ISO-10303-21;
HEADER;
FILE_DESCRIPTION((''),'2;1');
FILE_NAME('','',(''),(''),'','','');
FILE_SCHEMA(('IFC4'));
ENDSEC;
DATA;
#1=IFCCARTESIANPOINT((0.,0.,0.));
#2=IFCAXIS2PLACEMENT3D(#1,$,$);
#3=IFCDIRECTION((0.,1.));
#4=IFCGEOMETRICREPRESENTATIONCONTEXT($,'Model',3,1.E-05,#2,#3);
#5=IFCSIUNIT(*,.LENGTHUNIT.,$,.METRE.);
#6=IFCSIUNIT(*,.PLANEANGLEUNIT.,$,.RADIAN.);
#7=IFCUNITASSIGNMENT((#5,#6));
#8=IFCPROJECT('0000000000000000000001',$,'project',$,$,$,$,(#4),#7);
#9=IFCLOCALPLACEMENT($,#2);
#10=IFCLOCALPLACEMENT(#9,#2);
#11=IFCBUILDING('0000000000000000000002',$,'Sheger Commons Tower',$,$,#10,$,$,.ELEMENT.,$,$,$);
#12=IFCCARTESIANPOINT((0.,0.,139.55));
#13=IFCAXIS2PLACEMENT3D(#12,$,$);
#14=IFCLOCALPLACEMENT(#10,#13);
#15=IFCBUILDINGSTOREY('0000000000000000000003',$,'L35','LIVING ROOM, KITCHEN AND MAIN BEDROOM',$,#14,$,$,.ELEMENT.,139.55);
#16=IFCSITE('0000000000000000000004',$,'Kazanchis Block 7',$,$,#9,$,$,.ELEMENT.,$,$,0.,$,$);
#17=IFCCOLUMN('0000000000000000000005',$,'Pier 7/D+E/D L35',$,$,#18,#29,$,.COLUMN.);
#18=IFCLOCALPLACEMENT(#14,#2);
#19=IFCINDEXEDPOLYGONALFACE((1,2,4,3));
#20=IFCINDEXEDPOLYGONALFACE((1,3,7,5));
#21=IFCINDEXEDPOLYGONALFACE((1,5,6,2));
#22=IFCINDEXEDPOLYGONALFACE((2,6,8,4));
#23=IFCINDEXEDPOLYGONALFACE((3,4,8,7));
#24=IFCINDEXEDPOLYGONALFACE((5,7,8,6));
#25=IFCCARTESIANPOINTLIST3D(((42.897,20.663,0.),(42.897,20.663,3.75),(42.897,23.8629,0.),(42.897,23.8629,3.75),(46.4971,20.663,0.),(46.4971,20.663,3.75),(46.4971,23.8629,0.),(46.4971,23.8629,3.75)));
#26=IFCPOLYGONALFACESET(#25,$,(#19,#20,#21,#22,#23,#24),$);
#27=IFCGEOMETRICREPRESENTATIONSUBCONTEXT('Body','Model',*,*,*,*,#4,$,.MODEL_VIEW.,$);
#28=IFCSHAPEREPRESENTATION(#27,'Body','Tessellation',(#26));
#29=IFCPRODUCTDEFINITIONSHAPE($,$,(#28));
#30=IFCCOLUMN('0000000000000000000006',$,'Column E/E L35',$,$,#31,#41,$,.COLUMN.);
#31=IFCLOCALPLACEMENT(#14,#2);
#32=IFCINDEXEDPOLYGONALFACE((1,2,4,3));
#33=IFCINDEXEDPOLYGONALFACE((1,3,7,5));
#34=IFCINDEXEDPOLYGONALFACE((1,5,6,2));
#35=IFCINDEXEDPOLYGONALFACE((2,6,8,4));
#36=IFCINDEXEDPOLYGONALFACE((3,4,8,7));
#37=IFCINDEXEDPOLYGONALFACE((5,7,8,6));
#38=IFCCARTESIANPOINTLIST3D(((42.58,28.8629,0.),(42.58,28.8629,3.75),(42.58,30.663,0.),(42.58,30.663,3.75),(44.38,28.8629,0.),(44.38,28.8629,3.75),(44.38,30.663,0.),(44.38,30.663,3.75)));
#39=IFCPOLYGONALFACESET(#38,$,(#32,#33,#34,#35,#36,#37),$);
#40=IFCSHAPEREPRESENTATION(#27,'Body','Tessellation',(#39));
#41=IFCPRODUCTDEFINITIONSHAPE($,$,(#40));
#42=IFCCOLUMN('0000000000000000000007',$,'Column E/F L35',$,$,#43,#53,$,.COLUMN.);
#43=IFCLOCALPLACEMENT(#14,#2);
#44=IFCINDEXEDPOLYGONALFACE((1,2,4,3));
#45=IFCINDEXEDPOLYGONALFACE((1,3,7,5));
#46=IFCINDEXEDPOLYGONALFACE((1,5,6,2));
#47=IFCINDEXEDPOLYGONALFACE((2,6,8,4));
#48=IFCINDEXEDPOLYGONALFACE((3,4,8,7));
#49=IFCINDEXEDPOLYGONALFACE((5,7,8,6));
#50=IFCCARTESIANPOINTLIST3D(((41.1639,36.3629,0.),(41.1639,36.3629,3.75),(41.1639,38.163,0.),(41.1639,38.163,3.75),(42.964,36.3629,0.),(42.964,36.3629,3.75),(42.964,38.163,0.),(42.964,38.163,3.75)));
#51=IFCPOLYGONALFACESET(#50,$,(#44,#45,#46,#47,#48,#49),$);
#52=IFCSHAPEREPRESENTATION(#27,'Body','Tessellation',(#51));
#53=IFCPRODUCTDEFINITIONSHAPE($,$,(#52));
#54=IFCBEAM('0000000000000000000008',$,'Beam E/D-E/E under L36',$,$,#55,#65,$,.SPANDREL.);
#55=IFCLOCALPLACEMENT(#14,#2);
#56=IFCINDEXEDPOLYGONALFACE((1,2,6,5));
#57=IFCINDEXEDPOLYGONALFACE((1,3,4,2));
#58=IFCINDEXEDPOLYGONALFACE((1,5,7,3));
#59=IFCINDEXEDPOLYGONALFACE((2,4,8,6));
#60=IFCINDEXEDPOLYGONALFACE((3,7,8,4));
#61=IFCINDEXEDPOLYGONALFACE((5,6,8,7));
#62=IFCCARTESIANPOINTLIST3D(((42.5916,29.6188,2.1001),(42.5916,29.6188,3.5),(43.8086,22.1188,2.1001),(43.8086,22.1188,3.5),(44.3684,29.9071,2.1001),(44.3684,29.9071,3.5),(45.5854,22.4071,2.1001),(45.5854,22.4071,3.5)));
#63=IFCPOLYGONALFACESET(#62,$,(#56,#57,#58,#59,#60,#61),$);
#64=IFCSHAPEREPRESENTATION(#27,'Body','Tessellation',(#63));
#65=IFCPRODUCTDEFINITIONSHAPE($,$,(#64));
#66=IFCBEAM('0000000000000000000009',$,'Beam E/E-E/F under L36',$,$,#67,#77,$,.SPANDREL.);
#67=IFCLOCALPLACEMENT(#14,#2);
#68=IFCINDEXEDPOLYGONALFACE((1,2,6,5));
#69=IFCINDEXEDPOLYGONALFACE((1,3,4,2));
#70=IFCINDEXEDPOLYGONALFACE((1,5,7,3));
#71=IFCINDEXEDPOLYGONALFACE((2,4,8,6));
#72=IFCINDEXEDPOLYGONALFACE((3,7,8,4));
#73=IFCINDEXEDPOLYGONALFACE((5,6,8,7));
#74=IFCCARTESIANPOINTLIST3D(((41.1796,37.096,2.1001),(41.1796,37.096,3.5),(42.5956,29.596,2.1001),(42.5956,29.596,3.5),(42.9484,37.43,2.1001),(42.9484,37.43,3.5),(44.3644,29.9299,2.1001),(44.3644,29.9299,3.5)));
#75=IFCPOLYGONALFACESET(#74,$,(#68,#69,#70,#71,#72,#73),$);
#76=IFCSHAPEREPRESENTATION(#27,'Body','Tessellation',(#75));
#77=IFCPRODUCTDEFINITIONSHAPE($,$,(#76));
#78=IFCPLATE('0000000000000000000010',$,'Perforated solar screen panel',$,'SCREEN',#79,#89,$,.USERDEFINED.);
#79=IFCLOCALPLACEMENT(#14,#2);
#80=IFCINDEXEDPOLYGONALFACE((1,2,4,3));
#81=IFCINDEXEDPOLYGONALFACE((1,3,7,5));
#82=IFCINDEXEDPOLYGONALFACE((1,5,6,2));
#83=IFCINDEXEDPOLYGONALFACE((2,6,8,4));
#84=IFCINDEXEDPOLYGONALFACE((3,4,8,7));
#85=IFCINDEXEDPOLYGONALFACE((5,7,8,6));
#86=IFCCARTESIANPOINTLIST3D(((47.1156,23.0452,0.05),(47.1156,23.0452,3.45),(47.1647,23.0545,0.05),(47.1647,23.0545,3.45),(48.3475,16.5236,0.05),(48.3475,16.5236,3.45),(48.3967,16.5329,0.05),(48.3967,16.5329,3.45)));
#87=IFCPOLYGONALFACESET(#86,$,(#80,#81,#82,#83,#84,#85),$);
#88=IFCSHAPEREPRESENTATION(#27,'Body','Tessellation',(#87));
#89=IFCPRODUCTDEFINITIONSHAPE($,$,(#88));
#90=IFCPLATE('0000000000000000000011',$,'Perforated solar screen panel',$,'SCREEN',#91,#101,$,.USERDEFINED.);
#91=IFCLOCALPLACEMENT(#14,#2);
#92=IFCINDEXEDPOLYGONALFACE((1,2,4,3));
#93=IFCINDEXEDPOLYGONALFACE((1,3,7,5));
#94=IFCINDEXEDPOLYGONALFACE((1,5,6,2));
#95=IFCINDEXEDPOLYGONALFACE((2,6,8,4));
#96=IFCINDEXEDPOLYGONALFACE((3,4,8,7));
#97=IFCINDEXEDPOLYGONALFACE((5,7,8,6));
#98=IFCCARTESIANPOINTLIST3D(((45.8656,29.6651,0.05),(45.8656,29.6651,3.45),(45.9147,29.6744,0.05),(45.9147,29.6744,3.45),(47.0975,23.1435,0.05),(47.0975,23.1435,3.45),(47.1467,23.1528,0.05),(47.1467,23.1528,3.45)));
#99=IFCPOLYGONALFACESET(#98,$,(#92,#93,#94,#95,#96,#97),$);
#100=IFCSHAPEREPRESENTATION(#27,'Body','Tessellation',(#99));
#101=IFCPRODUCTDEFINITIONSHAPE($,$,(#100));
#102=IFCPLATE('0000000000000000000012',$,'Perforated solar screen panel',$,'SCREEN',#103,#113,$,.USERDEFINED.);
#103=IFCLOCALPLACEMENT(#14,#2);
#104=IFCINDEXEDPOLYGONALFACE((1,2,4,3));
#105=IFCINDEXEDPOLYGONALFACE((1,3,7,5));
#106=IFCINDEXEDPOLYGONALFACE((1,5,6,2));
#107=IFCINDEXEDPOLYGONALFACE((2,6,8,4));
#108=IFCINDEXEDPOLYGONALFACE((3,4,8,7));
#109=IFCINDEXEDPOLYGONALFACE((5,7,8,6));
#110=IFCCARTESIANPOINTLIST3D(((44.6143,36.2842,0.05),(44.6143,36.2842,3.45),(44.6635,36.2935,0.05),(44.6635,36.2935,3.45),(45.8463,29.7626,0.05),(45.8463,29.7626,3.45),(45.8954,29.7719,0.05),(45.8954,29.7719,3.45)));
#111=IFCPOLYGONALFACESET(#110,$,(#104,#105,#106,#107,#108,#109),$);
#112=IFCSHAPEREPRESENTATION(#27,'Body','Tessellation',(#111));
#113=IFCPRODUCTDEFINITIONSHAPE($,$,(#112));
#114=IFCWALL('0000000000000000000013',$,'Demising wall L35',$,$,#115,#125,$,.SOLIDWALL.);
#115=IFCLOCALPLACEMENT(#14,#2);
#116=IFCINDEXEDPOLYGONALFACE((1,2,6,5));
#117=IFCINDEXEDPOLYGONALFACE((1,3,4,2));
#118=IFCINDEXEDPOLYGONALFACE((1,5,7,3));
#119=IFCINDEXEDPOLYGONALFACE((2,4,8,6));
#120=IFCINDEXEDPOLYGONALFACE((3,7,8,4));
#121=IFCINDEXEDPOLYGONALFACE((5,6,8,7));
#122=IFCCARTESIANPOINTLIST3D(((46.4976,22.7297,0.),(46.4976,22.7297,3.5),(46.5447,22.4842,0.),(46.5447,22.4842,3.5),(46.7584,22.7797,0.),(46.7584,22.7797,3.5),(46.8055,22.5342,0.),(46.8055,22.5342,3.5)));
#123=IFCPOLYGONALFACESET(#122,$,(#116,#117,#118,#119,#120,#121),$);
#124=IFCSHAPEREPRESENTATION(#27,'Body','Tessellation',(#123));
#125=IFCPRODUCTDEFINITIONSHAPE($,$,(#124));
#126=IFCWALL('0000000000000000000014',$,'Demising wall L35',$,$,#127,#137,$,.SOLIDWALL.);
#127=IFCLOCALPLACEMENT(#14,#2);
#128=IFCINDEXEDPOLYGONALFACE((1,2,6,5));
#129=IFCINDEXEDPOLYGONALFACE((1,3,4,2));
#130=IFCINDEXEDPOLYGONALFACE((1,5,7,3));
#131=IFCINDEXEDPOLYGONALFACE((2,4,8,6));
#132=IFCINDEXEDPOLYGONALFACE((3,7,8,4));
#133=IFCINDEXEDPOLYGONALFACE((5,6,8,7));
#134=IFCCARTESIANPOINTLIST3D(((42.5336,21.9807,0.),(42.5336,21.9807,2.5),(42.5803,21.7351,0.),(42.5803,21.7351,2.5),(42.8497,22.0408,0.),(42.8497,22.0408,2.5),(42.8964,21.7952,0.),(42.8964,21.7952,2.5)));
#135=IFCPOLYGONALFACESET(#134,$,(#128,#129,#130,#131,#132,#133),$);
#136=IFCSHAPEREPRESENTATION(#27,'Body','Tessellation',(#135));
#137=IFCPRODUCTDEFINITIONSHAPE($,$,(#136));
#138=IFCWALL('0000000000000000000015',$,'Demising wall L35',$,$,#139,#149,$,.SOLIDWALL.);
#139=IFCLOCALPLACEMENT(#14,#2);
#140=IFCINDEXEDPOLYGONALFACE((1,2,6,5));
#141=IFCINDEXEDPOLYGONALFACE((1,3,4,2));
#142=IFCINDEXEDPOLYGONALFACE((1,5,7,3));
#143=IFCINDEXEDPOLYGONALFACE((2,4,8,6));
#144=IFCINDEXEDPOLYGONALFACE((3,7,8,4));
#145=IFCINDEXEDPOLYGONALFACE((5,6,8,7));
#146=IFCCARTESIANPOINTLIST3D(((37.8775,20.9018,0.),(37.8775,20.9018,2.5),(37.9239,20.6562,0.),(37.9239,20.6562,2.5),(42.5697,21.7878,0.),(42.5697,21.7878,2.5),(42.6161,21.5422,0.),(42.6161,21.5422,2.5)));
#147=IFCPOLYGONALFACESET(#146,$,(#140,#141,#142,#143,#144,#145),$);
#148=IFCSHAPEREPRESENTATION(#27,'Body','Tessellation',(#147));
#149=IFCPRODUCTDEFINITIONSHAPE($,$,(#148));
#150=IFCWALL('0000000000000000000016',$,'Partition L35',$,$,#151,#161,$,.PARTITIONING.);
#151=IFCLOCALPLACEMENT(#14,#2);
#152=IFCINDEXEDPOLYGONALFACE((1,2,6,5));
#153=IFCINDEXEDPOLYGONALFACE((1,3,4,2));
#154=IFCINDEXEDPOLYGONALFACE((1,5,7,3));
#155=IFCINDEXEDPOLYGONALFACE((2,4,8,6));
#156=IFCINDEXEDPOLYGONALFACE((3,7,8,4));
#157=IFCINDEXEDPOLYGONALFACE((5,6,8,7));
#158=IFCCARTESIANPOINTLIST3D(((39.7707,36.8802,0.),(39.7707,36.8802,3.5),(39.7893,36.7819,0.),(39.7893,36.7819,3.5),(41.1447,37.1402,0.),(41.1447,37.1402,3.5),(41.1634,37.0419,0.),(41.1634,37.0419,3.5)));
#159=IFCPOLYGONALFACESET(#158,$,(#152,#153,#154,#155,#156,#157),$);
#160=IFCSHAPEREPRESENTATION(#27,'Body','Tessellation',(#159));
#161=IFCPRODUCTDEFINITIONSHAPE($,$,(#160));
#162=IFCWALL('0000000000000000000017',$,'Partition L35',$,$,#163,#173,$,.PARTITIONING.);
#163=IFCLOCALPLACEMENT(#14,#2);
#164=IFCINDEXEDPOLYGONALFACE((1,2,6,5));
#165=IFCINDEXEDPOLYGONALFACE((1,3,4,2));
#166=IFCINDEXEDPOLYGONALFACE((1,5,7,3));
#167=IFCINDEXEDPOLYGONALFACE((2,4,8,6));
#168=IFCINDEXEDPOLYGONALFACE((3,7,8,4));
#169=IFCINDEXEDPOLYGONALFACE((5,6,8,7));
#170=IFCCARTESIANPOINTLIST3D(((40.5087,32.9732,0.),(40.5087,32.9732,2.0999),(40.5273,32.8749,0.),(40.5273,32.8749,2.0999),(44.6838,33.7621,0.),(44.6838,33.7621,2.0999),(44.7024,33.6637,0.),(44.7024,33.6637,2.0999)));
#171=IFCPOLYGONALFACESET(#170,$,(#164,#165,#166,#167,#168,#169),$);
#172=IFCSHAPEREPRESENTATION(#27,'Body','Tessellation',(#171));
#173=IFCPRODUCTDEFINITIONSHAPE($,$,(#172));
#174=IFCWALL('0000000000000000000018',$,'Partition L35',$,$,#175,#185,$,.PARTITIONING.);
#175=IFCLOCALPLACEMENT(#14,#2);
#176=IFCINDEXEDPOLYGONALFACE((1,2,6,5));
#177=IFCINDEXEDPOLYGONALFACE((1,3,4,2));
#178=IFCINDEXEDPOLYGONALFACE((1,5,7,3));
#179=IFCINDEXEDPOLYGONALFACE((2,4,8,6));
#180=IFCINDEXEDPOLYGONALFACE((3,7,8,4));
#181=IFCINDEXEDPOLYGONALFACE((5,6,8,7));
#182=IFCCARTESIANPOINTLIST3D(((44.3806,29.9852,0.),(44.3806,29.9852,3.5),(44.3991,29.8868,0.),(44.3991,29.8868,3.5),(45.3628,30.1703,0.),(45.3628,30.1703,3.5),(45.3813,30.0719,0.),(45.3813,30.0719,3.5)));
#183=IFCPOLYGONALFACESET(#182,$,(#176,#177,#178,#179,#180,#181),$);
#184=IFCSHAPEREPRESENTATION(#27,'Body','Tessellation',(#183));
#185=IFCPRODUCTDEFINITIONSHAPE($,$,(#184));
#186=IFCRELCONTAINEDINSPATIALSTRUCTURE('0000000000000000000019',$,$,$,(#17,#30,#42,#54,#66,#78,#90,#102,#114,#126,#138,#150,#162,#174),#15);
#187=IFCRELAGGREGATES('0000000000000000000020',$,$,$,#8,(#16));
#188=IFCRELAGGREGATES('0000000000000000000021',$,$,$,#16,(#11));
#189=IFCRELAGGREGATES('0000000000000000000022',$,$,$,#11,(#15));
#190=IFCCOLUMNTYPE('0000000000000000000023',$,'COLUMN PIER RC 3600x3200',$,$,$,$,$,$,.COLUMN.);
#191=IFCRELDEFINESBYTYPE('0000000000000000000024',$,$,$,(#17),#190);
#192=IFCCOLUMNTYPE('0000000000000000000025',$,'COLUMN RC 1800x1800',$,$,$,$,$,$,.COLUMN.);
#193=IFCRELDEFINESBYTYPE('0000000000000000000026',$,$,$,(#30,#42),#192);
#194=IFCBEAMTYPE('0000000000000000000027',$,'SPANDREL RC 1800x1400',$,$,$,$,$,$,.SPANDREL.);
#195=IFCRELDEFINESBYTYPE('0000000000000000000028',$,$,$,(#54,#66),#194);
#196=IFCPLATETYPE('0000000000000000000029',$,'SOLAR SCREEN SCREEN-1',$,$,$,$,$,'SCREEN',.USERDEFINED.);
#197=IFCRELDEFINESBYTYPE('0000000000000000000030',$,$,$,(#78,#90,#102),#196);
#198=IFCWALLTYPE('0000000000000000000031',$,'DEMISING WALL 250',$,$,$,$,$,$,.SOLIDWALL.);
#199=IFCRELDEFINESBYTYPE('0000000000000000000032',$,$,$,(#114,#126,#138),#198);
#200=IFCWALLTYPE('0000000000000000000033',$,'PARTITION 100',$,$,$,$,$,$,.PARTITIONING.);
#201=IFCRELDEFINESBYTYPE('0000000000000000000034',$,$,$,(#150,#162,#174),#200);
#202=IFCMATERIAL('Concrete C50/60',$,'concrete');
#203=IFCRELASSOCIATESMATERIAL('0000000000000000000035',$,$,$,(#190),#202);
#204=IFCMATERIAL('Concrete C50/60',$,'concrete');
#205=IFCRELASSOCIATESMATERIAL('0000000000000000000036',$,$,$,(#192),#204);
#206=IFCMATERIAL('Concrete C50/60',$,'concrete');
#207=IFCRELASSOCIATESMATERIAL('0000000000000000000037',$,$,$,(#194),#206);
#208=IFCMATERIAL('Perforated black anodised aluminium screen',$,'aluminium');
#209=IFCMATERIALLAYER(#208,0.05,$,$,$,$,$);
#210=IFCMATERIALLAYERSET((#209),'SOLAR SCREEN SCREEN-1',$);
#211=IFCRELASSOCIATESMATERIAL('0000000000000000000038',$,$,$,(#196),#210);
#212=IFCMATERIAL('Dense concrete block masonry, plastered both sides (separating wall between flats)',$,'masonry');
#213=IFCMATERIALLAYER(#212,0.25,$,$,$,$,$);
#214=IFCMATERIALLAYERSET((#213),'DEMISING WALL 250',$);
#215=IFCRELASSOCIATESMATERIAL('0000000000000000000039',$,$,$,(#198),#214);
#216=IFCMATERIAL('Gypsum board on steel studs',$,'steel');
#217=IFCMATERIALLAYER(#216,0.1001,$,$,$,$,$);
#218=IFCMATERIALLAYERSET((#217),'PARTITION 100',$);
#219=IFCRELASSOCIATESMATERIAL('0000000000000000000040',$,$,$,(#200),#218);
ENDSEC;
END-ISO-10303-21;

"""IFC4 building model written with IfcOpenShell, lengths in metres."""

from ifc_helpers import new_model, si_unit, direction, frame, frame_2d, origin, origin_2d, place, context, subcontext, project, spatial, rectangle, extrude, material, layer, layer_set, material_profile, profile_set, type_object, element, save


model = new_model("IFC4")

# Units and contexts
model_context = context("Model", 3, precision=1e-05, world=origin(), true_north=direction((0.0, 1.0)))
body_context = subcontext(model_context, "Body", "Model", "MODEL_VIEW")
ifc_project = project(units=[si_unit("LENGTHUNIT", "METRE"), si_unit("PLANEANGLEUNIT", "RADIAN")], contexts=[model_context])

# Site, building, storey
site_placement = place(None, origin())
site = spatial("IfcSite", under=ifc_project, at=site_placement, Name="Kazanchis Block 7", CompositionType="ELEMENT", RefElevation=0.0)
building_placement = place(site_placement, origin())
building = spatial("IfcBuilding", under=site, at=building_placement, Name="Sheger Commons Tower", CompositionType="ELEMENT")
storey_placement = place(building_placement, frame((0.0, 0.0, 139.55)))
storey = spatial("IfcBuildingStorey", under=building, at=storey_placement, Name="L35", Description="LIVING ROOM, KITCHEN AND MAIN BEDROOM", CompositionType="ELEMENT", Elevation=139.55)

# Columns
ifc_material_1 = material(Name="Concrete C50/60", Category="concrete")
ifc_material_profile_1 = material_profile(ifc_material_1, rectangle(XDim=3.6001, YDim=3.2, at=origin_2d()), Name="RC 3600x3200")
ifc_profile_set_1 = profile_set([ifc_material_profile_1], Name="Concrete C50/60")
column_type_1 = type_object("IfcColumnType", Name="COLUMN PIER RC 3600x3200", PredefinedType="COLUMN", material=ifc_profile_set_1)
column_placement = place(storey_placement, frame((44.697, 22.2629, 0.0), z_axis=(0.0, 0.0, 1.0), x_axis=(1.0, 0.0, 0.0)))
element("IfcColumn", 1, at=column_placement, inside=storey, type_object=column_type_1, Name="Pier 7/D+E/D L35", PredefinedType="COLUMN", context=body_context, shape_type="SweptSolid", body=[
    extrude(rectangle(XDim=3.6001, YDim=3.2, at=origin_2d()), origin(), (0.0, 0.0, 1.0), 3.75),
])
ifc_material_2 = material(Name="Concrete C50/60", Category="concrete")
ifc_material_profile_2 = material_profile(ifc_material_2, rectangle(XDim=1.8, YDim=1.8, at=origin_2d()), Name="RC 1800x1800")
ifc_profile_set_2 = profile_set([ifc_material_profile_2], Name="Concrete C50/60")
column_type_2 = type_object("IfcColumnType", Name="COLUMN RC 1800x1800", PredefinedType="COLUMN", material=ifc_profile_set_2)
for number, where, z_axis, x_axis, name in (
    (2, (43.48, 29.7629, 0.0), (0.0, 0.0, 1.0), (1.0, 0.0, 0.0), "Column E/E L35"),
    (3, (42.064, 37.2629, 0.0), (0.0, 0.0, 1.0), (1.0, 0.0, 0.0), "Column E/F L35"),
):
    element("IfcColumn", number, at=place(storey_placement, frame(where, z_axis=z_axis, x_axis=x_axis)), inside=storey, type_object=column_type_2, Name=name, PredefinedType="COLUMN", context=body_context, shape_type="SweptSolid", body=[
        extrude(rectangle(XDim=1.8, YDim=1.8, at=origin_2d()), origin(), (0.0, 0.0, 1.0), 3.75),
    ])

# Beams
ifc_material_3 = material(Name="Concrete C50/60", Category="concrete")
ifc_material_profile_3 = material_profile(ifc_material_3, rectangle(XDim=1.8, YDim=1.3999, at=origin_2d()), Name="RC 1800x1400")
ifc_profile_set_3 = profile_set([ifc_material_profile_3], Name="Concrete C50/60")
beam_type = type_object("IfcBeamType", Name="SPANDREL RC 1800x1400", PredefinedType="SPANDREL", material=ifc_profile_set_3)
beam_1_placement = place(storey_placement, frame((44.697, 22.2629, 2.8), z_axis=(-0.160177, 0.987088, 0.0), x_axis=(-0.987088, -0.160177, 0.0)))
element("IfcBeam", 4, at=beam_1_placement, inside=storey, type_object=beam_type, Name="Beam E/D-E/E under L36", PredefinedType="SPANDREL", context=body_context, shape_type="SweptSolid", body=[
    extrude(rectangle(XDim=1.8, YDim=1.3999, at=origin_2d()), origin(), (0.0, 0.0, 1.0), 7.5981),
])
beam_2_placement = place(storey_placement, frame((43.48, 29.7629, 2.8), z_axis=(-0.185524, 0.98264, 0.0), x_axis=(-0.98264, -0.185524, 0.0)))
element("IfcBeam", 5, at=beam_2_placement, inside=storey, type_object=beam_type, Name="Beam E/E-E/F under L36", PredefinedType="SPANDREL", context=body_context, shape_type="SweptSolid", body=[
    extrude(rectangle(XDim=1.8, YDim=1.3999, at=origin_2d()), origin(), (0.0, 0.0, 1.0), 7.6326),
])

# Plates
ifc_material_4 = material(Name="Perforated black anodised aluminium screen", Category="aluminium")
ifc_layer_1 = layer(ifc_material_4, 0.05)
ifc_layer_set_1 = layer_set([ifc_layer_1], Name="SOLAR SCREEN SCREEN-1")
plate_type = type_object("IfcPlateType", Name="SOLAR SCREEN SCREEN-1", ElementType="SCREEN", PredefinedType="USERDEFINED", material=ifc_layer_set_1)
for number, where, z_axis, x_axis, name in (
    (6, (47.7561, 19.7891, 0.05), (0.0, 0.0, 1.0), (-0.185615, 0.982623, 0.0), "Perforated solar screen panel"),
    (7, (46.5061, 26.4089, 0.05), (0.0, 0.0, 1.0), (-0.185615, 0.982623, 0.0), "Perforated solar screen panel"),
    (8, (45.2549, 33.0281, 0.05), (0.0, 0.0, 1.0), (-0.185615, 0.982623, 0.0), "Perforated solar screen panel"),
):
    element("IfcPlate", number, at=place(storey_placement, frame(where, z_axis=z_axis, x_axis=x_axis)), inside=storey, type_object=plate_type, Name=name, ObjectType="SCREEN", PredefinedType="USERDEFINED", context=body_context, shape_type="SweptSolid", body=[
        extrude(rectangle(XDim=6.637, YDim=0.05, at=origin_2d()), origin(), (0.0, 0.0, 1.0), 3.3999),
    ])

# Walls
ifc_material_5 = material(Name="Dense concrete block masonry, plastered both sides (separating wall between flats)", Category="masonry")
ifc_layer_2 = layer(ifc_material_5, 0.25)
ifc_layer_set_2 = layer_set([ifc_layer_2], Name="DEMISING WALL 250")
wall_type_1 = type_object("IfcWallType", Name="DEMISING WALL 250", PredefinedType="SOLIDWALL", material=ifc_layer_set_2)
wall_1_placement = place(storey_placement, frame((46.782, 22.657, 0.0), z_axis=(0.0, 0.0, 1.0), x_axis=(-0.982105, -0.188336, 0.0)))
element("IfcWall", 9, at=wall_1_placement, inside=storey, type_object=wall_type_1, Name="Demising wall L35", PredefinedType="SOLIDWALL", context=body_context, shape_type="SweptSolid", body=[
    extrude(rectangle(XDim=0.2656, YDim=0.25, at=frame_2d((0.1328, 0.0))), origin(), (0.0, 0.0, 1.0), 3.5),
])
wall_2_placement = place(storey_placement, frame((42.873, 21.918, 0.0), z_axis=(0.0, 0.0, 1.0), x_axis=(-0.982431, -0.186624, 0.0)))
element("IfcWall", 10, at=wall_2_placement, inside=storey, type_object=wall_type_1, Name="Demising wall L35", PredefinedType="SOLIDWALL", context=body_context, shape_type="SweptSolid", body=[
    extrude(rectangle(XDim=0.3218, YDim=0.25, at=frame_2d((0.1609, 0.0))), origin(), (0.0, 0.0, 1.0), 2.5),
])
wall_3_placement = place(storey_placement, frame((42.593, 21.665, 0.0), z_axis=(0.0, 0.0, 1.0), x_axis=(-0.982636, -0.185545, 0.0)))
element("IfcWall", 11, at=wall_3_placement, inside=storey, type_object=wall_type_1, Name="Demising wall L35", PredefinedType="SOLIDWALL", context=body_context, shape_type="SweptSolid", body=[
    extrude(rectangle(XDim=4.7751, YDim=0.25, at=frame_2d((2.3877, 0.0))), origin(), (0.0, 0.0, 1.0), 2.5),
])
ifc_material_6 = material(Name="Gypsum board on steel studs", Category="steel")
ifc_layer_3 = layer(ifc_material_6, 0.1001)
ifc_layer_set_3 = layer_set([ifc_layer_3], Name="PARTITION 100")
wall_type_2 = type_object("IfcWallType", Name="PARTITION 100", PredefinedType="PARTITIONING", material=ifc_layer_set_3)
wall_4_placement = place(storey_placement, frame((41.1541, 37.0911, 0.0), z_axis=(0.0, 0.0, 1.0), x_axis=(-0.982562, -0.185933, 0.0)))
element("IfcWall", 12, at=wall_4_placement, inside=storey, type_object=wall_type_2, Name="Partition L35", PredefinedType="PARTITIONING", context=body_context, shape_type="SweptSolid", body=[
    extrude(rectangle(XDim=1.3984, YDim=0.1001, at=frame_2d((0.6992, 0.0))), origin(), (0.0, 0.0, 1.0), 3.5),
])
wall_5_placement = place(storey_placement, frame((44.6931, 33.7129, 0.0), z_axis=(0.0, 0.0, 1.0), x_axis=(-0.982616, -0.185652, 0.0)))
element("IfcWall", 13, at=wall_5_placement, inside=storey, type_object=wall_type_2, Name="Partition L35", PredefinedType="PARTITIONING", context=body_context, shape_type="SweptSolid", body=[
    extrude(rectangle(XDim=4.249, YDim=0.1001, at=frame_2d((2.1245, 0.0))), origin(), (0.0, 0.0, 1.0), 2.0999),
])
wall_6_placement = place(storey_placement, frame((45.3721, 30.1211, 0.0), z_axis=(0.0, 0.0, 1.0), x_axis=(-0.982709, -0.185159, 0.0)))
element("IfcWall", 14, at=wall_6_placement, inside=storey, type_object=wall_type_2, Name="Partition L35", PredefinedType="PARTITIONING", context=body_context, shape_type="SweptSolid", body=[
    extrude(rectangle(XDim=0.9995, YDim=0.1001, at=frame_2d((0.4998, 0.0))), origin(), (0.0, 0.0, 1.0), 3.5),
])

save(model, "model.ifc")
